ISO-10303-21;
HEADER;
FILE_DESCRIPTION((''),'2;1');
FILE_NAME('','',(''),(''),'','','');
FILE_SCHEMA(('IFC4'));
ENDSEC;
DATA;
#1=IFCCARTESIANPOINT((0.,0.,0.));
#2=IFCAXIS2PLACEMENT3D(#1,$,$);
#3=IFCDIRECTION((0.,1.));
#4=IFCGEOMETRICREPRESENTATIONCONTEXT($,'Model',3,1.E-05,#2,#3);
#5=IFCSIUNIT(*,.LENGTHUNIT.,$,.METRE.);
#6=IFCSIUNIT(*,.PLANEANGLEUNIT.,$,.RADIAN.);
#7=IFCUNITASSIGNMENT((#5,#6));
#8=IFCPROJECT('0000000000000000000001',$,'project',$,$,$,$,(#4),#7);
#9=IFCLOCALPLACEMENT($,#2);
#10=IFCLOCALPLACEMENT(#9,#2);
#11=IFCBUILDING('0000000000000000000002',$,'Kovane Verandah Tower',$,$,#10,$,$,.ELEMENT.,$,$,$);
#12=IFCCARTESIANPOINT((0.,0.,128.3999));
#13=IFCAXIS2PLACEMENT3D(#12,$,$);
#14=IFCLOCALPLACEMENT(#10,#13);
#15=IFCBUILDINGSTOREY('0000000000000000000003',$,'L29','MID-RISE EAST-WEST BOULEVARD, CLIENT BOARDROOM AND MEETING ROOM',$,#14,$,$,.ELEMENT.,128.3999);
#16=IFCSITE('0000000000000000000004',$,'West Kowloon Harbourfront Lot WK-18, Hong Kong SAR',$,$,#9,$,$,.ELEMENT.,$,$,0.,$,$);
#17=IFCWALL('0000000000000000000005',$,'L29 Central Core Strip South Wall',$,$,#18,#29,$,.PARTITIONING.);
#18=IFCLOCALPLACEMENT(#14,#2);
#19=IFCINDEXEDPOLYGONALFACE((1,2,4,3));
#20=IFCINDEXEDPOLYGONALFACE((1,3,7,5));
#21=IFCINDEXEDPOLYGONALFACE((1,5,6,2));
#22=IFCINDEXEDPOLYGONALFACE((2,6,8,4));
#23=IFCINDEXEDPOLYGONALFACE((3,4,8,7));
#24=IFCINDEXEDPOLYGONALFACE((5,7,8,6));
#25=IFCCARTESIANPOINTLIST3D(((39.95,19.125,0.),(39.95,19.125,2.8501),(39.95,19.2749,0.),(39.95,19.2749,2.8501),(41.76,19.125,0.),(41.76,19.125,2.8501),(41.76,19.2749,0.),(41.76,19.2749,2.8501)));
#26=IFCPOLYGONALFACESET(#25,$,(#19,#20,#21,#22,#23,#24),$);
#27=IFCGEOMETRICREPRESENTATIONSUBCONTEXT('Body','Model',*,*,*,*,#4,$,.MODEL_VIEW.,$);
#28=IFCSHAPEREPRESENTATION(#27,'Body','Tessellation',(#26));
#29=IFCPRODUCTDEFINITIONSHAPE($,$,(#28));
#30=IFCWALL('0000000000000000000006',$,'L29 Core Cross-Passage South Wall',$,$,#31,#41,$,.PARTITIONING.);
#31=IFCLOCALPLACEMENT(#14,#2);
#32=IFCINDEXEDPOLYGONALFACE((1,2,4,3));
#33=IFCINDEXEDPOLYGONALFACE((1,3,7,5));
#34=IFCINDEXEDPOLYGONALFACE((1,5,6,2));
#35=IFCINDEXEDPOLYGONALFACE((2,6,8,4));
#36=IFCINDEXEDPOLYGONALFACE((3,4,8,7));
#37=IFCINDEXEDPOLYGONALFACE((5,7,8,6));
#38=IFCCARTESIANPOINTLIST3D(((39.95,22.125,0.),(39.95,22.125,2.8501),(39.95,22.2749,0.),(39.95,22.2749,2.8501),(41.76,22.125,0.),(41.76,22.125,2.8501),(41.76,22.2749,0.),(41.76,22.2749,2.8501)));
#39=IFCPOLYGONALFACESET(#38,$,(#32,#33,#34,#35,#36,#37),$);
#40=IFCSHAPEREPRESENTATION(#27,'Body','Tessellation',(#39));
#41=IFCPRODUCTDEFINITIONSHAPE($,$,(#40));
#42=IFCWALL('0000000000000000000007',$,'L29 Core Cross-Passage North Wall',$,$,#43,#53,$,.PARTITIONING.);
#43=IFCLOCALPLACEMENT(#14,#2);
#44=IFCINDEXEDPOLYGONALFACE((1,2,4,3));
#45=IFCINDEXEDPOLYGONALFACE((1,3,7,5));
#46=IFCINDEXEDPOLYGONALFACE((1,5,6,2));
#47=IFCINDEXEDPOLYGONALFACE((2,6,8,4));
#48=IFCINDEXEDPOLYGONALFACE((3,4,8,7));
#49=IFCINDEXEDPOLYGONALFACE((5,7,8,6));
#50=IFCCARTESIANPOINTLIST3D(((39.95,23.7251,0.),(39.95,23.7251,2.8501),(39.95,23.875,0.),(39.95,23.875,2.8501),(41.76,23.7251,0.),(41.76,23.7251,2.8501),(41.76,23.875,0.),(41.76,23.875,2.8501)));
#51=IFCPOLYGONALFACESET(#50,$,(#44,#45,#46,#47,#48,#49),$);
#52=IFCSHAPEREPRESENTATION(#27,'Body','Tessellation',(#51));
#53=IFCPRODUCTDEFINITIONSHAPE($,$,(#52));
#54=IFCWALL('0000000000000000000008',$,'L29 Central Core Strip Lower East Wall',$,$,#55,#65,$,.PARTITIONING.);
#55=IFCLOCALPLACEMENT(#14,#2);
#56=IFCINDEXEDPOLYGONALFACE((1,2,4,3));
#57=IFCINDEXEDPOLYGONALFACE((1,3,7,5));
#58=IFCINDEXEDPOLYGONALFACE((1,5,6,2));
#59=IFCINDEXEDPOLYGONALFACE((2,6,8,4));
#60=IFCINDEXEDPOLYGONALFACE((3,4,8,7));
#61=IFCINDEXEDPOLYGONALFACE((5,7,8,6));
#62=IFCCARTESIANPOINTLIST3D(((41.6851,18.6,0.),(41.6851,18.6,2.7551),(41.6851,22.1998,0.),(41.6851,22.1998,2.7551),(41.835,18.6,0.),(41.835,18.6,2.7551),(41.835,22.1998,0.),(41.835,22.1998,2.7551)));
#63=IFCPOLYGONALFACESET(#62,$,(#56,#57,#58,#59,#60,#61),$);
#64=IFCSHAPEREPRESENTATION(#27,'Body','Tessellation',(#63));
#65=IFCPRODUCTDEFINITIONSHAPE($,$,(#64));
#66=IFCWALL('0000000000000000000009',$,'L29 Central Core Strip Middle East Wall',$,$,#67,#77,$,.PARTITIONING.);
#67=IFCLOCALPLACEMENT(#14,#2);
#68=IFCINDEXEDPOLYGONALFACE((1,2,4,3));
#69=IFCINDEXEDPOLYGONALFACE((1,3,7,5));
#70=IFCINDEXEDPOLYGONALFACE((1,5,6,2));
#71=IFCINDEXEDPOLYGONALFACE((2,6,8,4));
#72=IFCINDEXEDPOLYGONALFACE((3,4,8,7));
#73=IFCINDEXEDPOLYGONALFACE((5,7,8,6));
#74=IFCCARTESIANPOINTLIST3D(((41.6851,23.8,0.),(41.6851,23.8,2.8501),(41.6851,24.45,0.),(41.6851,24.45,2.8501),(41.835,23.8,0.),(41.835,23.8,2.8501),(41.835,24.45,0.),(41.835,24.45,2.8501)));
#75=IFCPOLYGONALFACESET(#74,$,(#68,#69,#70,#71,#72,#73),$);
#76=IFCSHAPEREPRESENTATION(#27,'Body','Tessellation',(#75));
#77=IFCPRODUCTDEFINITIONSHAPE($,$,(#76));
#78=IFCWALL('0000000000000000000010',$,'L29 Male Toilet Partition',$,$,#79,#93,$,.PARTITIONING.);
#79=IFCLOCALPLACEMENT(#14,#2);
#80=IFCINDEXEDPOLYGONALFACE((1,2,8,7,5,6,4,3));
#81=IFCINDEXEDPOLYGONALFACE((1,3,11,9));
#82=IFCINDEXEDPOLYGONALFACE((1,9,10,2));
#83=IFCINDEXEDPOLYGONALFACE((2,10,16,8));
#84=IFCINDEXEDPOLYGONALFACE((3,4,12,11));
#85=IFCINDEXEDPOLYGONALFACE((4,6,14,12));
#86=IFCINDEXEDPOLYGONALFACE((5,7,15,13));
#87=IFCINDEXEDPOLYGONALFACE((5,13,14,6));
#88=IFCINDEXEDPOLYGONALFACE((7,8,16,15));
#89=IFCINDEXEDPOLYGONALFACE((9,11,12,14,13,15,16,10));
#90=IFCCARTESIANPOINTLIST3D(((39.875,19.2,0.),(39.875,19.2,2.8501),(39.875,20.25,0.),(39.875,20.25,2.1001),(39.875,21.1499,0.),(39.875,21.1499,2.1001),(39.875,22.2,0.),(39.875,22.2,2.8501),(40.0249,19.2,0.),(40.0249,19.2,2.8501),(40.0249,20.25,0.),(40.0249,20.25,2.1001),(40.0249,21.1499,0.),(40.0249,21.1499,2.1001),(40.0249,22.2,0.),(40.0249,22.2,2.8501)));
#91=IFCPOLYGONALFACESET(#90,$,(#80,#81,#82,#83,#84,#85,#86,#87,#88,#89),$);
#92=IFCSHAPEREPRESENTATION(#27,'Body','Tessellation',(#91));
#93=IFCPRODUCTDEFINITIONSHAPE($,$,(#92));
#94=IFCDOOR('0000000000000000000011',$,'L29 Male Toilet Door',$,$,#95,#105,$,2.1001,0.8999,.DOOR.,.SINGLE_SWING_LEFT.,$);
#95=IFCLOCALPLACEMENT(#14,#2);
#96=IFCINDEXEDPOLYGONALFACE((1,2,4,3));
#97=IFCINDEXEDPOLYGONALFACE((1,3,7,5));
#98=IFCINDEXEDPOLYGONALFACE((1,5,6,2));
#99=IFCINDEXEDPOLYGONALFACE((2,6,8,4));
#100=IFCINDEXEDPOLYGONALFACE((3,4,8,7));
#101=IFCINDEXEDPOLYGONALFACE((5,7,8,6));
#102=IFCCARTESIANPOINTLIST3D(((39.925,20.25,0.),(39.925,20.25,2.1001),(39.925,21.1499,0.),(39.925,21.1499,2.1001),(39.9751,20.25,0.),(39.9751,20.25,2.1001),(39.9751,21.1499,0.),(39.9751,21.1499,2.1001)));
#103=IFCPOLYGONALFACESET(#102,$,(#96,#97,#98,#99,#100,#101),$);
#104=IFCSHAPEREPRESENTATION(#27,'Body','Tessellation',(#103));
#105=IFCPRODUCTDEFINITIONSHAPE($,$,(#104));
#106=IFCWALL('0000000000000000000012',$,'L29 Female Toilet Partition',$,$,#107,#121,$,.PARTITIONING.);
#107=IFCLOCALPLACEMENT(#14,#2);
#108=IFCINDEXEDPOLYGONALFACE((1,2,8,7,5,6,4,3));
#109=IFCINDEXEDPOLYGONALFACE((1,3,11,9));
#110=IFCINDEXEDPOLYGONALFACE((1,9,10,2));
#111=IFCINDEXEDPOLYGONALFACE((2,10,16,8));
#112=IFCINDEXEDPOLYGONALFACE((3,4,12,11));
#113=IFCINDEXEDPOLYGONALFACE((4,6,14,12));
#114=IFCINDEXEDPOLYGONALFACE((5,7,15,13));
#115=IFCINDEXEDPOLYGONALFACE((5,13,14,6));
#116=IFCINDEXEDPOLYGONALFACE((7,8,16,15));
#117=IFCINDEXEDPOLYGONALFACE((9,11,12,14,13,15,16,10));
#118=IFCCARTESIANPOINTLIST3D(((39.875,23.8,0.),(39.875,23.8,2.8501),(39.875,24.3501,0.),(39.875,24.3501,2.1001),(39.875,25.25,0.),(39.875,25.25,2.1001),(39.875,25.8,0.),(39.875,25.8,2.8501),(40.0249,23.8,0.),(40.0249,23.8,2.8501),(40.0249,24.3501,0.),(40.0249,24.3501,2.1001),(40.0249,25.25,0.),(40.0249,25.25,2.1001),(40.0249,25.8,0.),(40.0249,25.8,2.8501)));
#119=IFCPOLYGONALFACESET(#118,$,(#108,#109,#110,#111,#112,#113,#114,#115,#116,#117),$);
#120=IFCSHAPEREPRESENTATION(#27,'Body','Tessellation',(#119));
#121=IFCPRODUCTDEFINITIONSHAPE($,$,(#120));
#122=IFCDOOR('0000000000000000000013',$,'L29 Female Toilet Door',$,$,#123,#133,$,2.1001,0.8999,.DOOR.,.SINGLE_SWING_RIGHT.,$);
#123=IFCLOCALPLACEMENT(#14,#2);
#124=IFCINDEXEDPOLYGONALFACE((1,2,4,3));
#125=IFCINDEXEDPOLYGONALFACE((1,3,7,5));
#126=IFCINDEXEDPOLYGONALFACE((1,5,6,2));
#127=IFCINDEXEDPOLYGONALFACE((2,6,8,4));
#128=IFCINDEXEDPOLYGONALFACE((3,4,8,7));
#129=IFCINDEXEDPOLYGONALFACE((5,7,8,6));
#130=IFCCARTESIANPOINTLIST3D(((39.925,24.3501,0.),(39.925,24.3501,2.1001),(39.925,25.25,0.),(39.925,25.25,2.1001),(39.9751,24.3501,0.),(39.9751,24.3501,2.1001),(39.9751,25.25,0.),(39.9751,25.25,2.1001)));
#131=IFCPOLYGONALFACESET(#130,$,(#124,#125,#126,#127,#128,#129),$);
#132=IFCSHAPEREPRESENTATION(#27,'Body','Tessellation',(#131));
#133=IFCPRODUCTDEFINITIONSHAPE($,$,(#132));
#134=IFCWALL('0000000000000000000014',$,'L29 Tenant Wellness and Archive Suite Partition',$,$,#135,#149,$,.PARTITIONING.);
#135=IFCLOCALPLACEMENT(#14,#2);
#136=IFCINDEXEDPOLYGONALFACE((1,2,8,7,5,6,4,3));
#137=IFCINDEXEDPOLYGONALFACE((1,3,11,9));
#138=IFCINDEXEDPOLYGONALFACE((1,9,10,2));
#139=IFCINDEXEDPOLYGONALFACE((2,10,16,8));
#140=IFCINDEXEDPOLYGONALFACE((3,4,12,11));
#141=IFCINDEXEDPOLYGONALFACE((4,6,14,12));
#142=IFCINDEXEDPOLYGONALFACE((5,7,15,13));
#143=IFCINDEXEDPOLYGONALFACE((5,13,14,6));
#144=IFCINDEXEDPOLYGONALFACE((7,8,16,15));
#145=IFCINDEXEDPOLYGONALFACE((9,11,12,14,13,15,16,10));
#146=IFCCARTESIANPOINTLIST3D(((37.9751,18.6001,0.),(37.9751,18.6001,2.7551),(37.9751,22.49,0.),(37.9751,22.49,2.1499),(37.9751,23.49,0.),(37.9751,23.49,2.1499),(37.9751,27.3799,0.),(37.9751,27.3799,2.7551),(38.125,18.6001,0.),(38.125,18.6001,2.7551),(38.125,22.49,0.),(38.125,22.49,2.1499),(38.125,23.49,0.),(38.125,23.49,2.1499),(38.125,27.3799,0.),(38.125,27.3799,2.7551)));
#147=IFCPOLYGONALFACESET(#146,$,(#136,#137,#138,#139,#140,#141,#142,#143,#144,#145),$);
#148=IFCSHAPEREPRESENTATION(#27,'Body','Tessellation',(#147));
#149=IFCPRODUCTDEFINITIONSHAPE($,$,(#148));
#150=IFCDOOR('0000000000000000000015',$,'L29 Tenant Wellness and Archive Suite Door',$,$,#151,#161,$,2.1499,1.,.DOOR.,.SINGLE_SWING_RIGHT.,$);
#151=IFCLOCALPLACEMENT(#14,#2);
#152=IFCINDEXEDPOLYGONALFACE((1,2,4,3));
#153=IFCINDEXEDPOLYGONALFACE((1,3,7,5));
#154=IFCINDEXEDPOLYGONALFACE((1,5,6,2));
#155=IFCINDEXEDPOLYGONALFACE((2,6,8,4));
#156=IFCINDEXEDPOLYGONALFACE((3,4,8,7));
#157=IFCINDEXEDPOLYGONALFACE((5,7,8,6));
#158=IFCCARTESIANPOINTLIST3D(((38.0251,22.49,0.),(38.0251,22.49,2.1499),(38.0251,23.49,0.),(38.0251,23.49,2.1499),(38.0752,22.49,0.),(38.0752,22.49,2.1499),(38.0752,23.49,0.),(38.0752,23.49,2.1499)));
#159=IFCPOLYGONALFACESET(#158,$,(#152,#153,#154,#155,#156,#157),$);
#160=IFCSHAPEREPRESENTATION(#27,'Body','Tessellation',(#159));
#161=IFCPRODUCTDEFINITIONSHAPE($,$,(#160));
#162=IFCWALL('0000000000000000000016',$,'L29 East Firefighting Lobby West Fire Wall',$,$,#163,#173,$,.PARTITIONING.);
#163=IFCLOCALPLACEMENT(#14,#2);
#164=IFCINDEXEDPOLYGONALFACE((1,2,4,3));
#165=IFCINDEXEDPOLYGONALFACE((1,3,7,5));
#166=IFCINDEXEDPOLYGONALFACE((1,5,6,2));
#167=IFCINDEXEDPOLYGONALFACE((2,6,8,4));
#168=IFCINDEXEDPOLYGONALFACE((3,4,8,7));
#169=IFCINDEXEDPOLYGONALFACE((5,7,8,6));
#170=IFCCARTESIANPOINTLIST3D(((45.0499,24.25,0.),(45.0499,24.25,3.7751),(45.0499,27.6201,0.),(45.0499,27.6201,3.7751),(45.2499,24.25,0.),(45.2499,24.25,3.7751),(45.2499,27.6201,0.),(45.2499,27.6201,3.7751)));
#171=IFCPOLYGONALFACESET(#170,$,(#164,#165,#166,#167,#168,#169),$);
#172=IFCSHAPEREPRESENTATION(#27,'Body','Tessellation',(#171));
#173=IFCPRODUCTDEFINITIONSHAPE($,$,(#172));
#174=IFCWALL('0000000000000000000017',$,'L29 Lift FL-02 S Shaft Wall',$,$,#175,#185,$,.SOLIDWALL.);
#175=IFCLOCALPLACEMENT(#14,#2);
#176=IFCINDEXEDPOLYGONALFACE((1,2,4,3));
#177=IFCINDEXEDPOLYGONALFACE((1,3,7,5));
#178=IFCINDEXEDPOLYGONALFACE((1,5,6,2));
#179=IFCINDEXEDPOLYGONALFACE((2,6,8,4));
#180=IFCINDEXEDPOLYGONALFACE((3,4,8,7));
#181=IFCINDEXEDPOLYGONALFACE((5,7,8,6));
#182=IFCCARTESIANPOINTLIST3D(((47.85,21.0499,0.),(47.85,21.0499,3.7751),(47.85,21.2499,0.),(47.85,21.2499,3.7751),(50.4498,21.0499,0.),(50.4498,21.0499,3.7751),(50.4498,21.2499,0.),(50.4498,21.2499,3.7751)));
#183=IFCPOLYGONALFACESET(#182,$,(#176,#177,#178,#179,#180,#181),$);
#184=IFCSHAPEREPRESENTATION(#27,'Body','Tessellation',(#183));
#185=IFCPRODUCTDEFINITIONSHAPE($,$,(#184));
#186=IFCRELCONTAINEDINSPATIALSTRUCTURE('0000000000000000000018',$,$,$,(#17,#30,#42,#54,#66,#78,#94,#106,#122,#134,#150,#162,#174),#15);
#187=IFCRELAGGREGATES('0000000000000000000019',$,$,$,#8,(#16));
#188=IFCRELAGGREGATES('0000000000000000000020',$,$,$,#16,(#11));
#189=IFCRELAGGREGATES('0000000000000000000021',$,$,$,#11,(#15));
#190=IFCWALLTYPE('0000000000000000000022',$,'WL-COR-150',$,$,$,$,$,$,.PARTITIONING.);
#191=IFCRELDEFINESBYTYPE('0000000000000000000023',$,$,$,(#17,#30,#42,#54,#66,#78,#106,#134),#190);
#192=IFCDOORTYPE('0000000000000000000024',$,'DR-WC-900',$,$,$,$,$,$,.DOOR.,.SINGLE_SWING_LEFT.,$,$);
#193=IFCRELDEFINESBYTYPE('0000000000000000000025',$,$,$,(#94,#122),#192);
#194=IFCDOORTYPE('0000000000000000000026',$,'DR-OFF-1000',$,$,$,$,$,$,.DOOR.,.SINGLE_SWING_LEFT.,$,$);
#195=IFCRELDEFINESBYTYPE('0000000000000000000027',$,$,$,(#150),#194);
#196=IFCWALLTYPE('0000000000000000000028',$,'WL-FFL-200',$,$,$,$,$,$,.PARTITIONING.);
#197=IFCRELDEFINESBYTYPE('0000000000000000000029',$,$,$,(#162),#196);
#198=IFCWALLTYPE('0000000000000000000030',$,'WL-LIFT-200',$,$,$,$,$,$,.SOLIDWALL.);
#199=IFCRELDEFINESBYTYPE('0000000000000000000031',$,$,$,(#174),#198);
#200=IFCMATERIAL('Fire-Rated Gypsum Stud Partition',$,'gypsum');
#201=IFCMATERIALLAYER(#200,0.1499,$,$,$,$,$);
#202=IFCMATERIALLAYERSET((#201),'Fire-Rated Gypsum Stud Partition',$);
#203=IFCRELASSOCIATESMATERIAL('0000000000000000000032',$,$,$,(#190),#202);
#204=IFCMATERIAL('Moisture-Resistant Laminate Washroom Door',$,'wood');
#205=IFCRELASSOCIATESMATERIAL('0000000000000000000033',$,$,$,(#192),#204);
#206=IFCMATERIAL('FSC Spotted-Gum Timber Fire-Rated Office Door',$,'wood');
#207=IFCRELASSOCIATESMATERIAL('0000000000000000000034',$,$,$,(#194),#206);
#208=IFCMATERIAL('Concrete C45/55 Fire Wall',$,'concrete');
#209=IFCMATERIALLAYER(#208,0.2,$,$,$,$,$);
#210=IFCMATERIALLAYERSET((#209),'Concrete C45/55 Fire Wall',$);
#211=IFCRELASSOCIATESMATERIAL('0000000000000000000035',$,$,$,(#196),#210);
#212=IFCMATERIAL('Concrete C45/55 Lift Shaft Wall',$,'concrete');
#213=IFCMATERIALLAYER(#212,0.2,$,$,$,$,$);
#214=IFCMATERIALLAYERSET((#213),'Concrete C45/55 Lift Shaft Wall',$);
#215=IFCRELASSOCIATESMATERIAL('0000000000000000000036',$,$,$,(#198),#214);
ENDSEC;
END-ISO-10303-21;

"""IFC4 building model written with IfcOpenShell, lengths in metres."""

from ifc_helpers import new_model, si_unit, direction, frame, frame_2d, origin, place, context, subcontext, project, spatial, rectangle, extrude, material, layer, layer_set, type_object, element, fill, save


model = new_model("IFC4")

# Units and contexts
model_context = context("Model", 3, precision=1e-05, world=origin(), true_north=direction((0.0, 1.0)))
body_context = subcontext(model_context, "Body", "Model", "MODEL_VIEW")
ifc_project = project(units=[si_unit("LENGTHUNIT", "METRE"), si_unit("PLANEANGLEUNIT", "RADIAN")], contexts=[model_context])

# Site, building, storey
site_placement = place(None, origin())
site = spatial("IfcSite", under=ifc_project, at=site_placement, Name="West Kowloon Harbourfront Lot WK-18, Hong Kong SAR", CompositionType="ELEMENT", RefElevation=0.0)
building_placement = place(site_placement, origin())
building = spatial("IfcBuilding", under=site, at=building_placement, Name="Kovane Verandah Tower", CompositionType="ELEMENT")
storey_placement = place(building_placement, frame((0.0, 0.0, 128.3999)))
storey = spatial("IfcBuildingStorey", under=building, at=storey_placement, Name="L29", Description="MID-RISE EAST-WEST BOULEVARD, CLIENT BOARDROOM AND MEETING ROOM", CompositionType="ELEMENT", Elevation=128.3999)

# Walls
ifc_material_1 = material(Name="Fire-Rated Gypsum Stud Partition", Category="gypsum")
ifc_layer_1 = layer(ifc_material_1, 0.1499)
ifc_layer_set_1 = layer_set([ifc_layer_1], Name="Fire-Rated Gypsum Stud Partition")
wall_type_1 = type_object("IfcWallType", Name="WL-COR-150", PredefinedType="PARTITIONING", material=ifc_layer_set_1)
for number, where, z_axis, x_axis, name in (
    (1, (39.95, 19.2, 0.0), (0.0, 0.0, 1.0), (1.0, 0.0, 0.0), "L29 Central Core Strip South Wall"),
    (2, (39.95, 22.2, 0.0), (0.0, 0.0, 1.0), (1.0, 0.0, 0.0), "L29 Core Cross-Passage South Wall"),
    (3, (39.95, 23.8, 0.0), (0.0, 0.0, 1.0), (1.0, 0.0, 0.0), "L29 Core Cross-Passage North Wall"),
):
    element("IfcWall", number, at=place(storey_placement, frame(where, z_axis=z_axis, x_axis=x_axis)), inside=storey, type_object=wall_type_1, Name=name, PredefinedType="PARTITIONING", context=body_context, shape_type="SweptSolid", body=[
        extrude(rectangle(XDim=1.8101, YDim=0.1499, at=frame_2d((0.905, 0.0))), origin(), (0.0, 0.0, 1.0), 2.8501),
    ])
wall_1_placement = place(storey_placement, frame((41.76, 18.6001, 0.0), z_axis=(0.0, 0.0, 1.0), x_axis=(0.0, 1.0, 0.0)))
element("IfcWall", 4, at=wall_1_placement, inside=storey, type_object=wall_type_1, Name="L29 Central Core Strip Lower East Wall", PredefinedType="PARTITIONING", context=body_context, shape_type="SweptSolid", body=[
    extrude(rectangle(XDim=3.5999, YDim=0.1499, at=frame_2d((1.7998, 0.0))), origin(), (0.0, 0.0, 1.0), 2.7551),
])
wall_2_placement = place(storey_placement, frame((41.76, 23.8, 0.0), z_axis=(0.0, 0.0, 1.0), x_axis=(0.0, 1.0, 0.0)))
element("IfcWall", 5, at=wall_2_placement, inside=storey, type_object=wall_type_1, Name="L29 Central Core Strip Middle East Wall", PredefinedType="PARTITIONING", context=body_context, shape_type="SweptSolid", body=[
    extrude(rectangle(XDim=0.6499, YDim=0.1499, at=frame_2d((0.325, 0.0))), origin(), (0.0, 0.0, 1.0), 2.8501),
])

# Walls, openings, doors
wall_3_placement = place(storey_placement, frame((39.95, 19.2, 0.0), z_axis=(0.0, 0.0, 1.0), x_axis=(0.0, 1.0, 0.0)))
wall_3 = element("IfcWall", 6, at=wall_3_placement, inside=storey, type_object=wall_type_1, Name="L29 Male Toilet Partition", PredefinedType="PARTITIONING", context=body_context, shape_type="SweptSolid", body=[
    extrude(rectangle(XDim=3.0, YDim=0.1499, at=frame_2d((1.5, 0.0))), origin(), (0.0, 0.0, 1.0), 2.8501),
])
opening_1_placement = place(wall_3_placement, frame((1.05, 0.0, 0.0)))
opening_1 = element("IfcOpeningElement", 7, at=opening_1_placement, cuts=wall_3, PredefinedType="OPENING", context=body_context, shape_type="SweptSolid", body=[
    extrude(rectangle(XDim=0.8999, YDim=2.1001, at=frame_2d((0.45, 1.05))), frame((0.0, 0.075, 0.0), z_axis=(0.0, -1.0, 0.0), x_axis=(1.0, 0.0, 0.0)), (0.0, 0.0, 1.0), 0.1499),
])
ifc_material_2 = material(Name="Moisture-Resistant Laminate Washroom Door", Category="wood")
door_type_1 = type_object("IfcDoorType", Name="DR-WC-900", OperationType="SINGLE_SWING_LEFT", PredefinedType="DOOR", material=ifc_material_2)
door_1_placement = place(opening_1_placement, origin())
door_1 = element("IfcDoor", 8, at=door_1_placement, inside=storey, type_object=door_type_1, Name="L29 Male Toilet Door", OperationType="SINGLE_SWING_LEFT", OverallHeight=2.1001, OverallWidth=0.8999, PredefinedType="DOOR", context=body_context, shape_type="SweptSolid", body=[
    extrude(rectangle(XDim=0.8999, YDim=2.1001, at=frame_2d((0.45, 1.05))), frame((0.0, 0.0249, 0.0), z_axis=(0.0, -1.0, 0.0), x_axis=(1.0, 0.0, 0.0)), (0.0, 0.0, 1.0), 0.05),
])
fill(opening_1, door_1)
wall_4_placement = place(storey_placement, frame((39.95, 23.8, 0.0), z_axis=(0.0, 0.0, 1.0), x_axis=(0.0, 1.0, 0.0)))
wall_4 = element("IfcWall", 9, at=wall_4_placement, inside=storey, type_object=wall_type_1, Name="L29 Female Toilet Partition", PredefinedType="PARTITIONING", context=body_context, shape_type="SweptSolid", body=[
    extrude(rectangle(XDim=2.0, YDim=0.1499, at=frame_2d((1.0, 0.0))), origin(), (0.0, 0.0, 1.0), 2.8501),
])
opening_2_placement = place(wall_4_placement, frame((0.55, 0.0, 0.0)))
opening_2 = element("IfcOpeningElement", 10, at=opening_2_placement, cuts=wall_4, PredefinedType="OPENING", context=body_context, shape_type="SweptSolid", body=[
    extrude(rectangle(XDim=0.8999, YDim=2.1001, at=frame_2d((0.45, 1.05))), frame((0.0, 0.075, 0.0), z_axis=(0.0, -1.0, 0.0), x_axis=(1.0, 0.0, 0.0)), (0.0, 0.0, 1.0), 0.1499),
])
door_2_placement = place(opening_2_placement, origin())
door_2 = element("IfcDoor", 11, at=door_2_placement, inside=storey, type_object=door_type_1, Name="L29 Female Toilet Door", OperationType="SINGLE_SWING_RIGHT", OverallHeight=2.1001, OverallWidth=0.8999, PredefinedType="DOOR", context=body_context, shape_type="SweptSolid", body=[
    extrude(rectangle(XDim=0.8999, YDim=2.1001, at=frame_2d((0.45, 1.05))), frame((0.0, 0.0249, 0.0), z_axis=(0.0, -1.0, 0.0), x_axis=(1.0, 0.0, 0.0)), (0.0, 0.0, 1.0), 0.05),
])
fill(opening_2, door_2)
wall_5_placement = place(storey_placement, frame((38.05, 18.6001, 0.0), z_axis=(0.0, 0.0, 1.0), x_axis=(0.0, 1.0, 0.0)))
wall_5 = element("IfcWall", 12, at=wall_5_placement, inside=storey, type_object=wall_type_1, Name="L29 Tenant Wellness and Archive Suite Partition", PredefinedType="PARTITIONING", context=body_context, shape_type="SweptSolid", body=[
    extrude(rectangle(XDim=8.7798, YDim=0.1499, at=frame_2d((4.3899, 0.0))), origin(), (0.0, 0.0, 1.0), 2.7551),
])
opening_3_placement = place(wall_5_placement, frame((3.8899, 0.0, 0.0)))
opening_3 = element("IfcOpeningElement", 13, at=opening_3_placement, cuts=wall_5, PredefinedType="OPENING", context=body_context, shape_type="SweptSolid", body=[
    extrude(rectangle(XDim=1.0, YDim=2.1499, at=frame_2d((0.5, 1.075))), frame((0.0, 0.075, 0.0), z_axis=(0.0, -1.0, 0.0), x_axis=(1.0, 0.0, 0.0)), (0.0, 0.0, 1.0), 0.1499),
])
ifc_material_3 = material(Name="FSC Spotted-Gum Timber Fire-Rated Office Door", Category="wood")
door_type_2 = type_object("IfcDoorType", Name="DR-OFF-1000", OperationType="SINGLE_SWING_LEFT", PredefinedType="DOOR", material=ifc_material_3)
door_3_placement = place(opening_3_placement, origin())
door_3 = element("IfcDoor", 14, at=door_3_placement, inside=storey, type_object=door_type_2, Name="L29 Tenant Wellness and Archive Suite Door", OperationType="SINGLE_SWING_RIGHT", OverallHeight=2.1499, OverallWidth=1.0, PredefinedType="DOOR", context=body_context, shape_type="SweptSolid", body=[
    extrude(rectangle(XDim=1.0, YDim=2.1499, at=frame_2d((0.5, 1.075))), frame((0.0, 0.0249, 0.0), z_axis=(0.0, -1.0, 0.0), x_axis=(1.0, 0.0, 0.0)), (0.0, 0.0, 1.0), 0.05),
])
fill(opening_3, door_3)

# Wall
ifc_material_4 = material(Name="Concrete C45/55 Fire Wall", Category="concrete")
ifc_layer_2 = layer(ifc_material_4, 0.2)
ifc_layer_set_2 = layer_set([ifc_layer_2], Name="Concrete C45/55 Fire Wall")
wall_type_2 = type_object("IfcWallType", Name="WL-FFL-200", PredefinedType="PARTITIONING", material=ifc_layer_set_2)
wall_6_placement = place(storey_placement, frame((45.1499, 24.25, 0.0), z_axis=(0.0, 0.0, 1.0), x_axis=(0.0, 1.0, 0.0)))
element("IfcWall", 15, at=wall_6_placement, inside=storey, type_object=wall_type_2, Name="L29 East Firefighting Lobby West Fire Wall", PredefinedType="PARTITIONING", context=body_context, shape_type="SweptSolid", body=[
    extrude(rectangle(XDim=3.3701, YDim=0.2, at=frame_2d((1.6851, 0.0))), origin(), (0.0, 0.0, 1.0), 3.7751),
])

# Wall
ifc_material_5 = material(Name="Concrete C45/55 Lift Shaft Wall", Category="concrete")
ifc_layer_3 = layer(ifc_material_5, 0.2)
ifc_layer_set_3 = layer_set([ifc_layer_3], Name="Concrete C45/55 Lift Shaft Wall")
wall_type_3 = type_object("IfcWallType", Name="WL-LIFT-200", PredefinedType="SOLIDWALL", material=ifc_layer_set_3)
wall_7_placement = place(storey_placement, frame((47.8501, 21.1499, 0.0), z_axis=(0.0, 0.0, 1.0), x_axis=(1.0, 0.0, 0.0)))
element("IfcWall", 16, at=wall_7_placement, inside=storey, type_object=wall_type_3, Name="L29 Lift FL-02 S Shaft Wall", PredefinedType="SOLIDWALL", context=body_context, shape_type="SweptSolid", body=[
    extrude(rectangle(XDim=2.5999, YDim=0.2, at=frame_2d((1.2998, 0.0))), origin(), (0.0, 0.0, 1.0), 3.7751),
])

save(model, "model.ifc")
